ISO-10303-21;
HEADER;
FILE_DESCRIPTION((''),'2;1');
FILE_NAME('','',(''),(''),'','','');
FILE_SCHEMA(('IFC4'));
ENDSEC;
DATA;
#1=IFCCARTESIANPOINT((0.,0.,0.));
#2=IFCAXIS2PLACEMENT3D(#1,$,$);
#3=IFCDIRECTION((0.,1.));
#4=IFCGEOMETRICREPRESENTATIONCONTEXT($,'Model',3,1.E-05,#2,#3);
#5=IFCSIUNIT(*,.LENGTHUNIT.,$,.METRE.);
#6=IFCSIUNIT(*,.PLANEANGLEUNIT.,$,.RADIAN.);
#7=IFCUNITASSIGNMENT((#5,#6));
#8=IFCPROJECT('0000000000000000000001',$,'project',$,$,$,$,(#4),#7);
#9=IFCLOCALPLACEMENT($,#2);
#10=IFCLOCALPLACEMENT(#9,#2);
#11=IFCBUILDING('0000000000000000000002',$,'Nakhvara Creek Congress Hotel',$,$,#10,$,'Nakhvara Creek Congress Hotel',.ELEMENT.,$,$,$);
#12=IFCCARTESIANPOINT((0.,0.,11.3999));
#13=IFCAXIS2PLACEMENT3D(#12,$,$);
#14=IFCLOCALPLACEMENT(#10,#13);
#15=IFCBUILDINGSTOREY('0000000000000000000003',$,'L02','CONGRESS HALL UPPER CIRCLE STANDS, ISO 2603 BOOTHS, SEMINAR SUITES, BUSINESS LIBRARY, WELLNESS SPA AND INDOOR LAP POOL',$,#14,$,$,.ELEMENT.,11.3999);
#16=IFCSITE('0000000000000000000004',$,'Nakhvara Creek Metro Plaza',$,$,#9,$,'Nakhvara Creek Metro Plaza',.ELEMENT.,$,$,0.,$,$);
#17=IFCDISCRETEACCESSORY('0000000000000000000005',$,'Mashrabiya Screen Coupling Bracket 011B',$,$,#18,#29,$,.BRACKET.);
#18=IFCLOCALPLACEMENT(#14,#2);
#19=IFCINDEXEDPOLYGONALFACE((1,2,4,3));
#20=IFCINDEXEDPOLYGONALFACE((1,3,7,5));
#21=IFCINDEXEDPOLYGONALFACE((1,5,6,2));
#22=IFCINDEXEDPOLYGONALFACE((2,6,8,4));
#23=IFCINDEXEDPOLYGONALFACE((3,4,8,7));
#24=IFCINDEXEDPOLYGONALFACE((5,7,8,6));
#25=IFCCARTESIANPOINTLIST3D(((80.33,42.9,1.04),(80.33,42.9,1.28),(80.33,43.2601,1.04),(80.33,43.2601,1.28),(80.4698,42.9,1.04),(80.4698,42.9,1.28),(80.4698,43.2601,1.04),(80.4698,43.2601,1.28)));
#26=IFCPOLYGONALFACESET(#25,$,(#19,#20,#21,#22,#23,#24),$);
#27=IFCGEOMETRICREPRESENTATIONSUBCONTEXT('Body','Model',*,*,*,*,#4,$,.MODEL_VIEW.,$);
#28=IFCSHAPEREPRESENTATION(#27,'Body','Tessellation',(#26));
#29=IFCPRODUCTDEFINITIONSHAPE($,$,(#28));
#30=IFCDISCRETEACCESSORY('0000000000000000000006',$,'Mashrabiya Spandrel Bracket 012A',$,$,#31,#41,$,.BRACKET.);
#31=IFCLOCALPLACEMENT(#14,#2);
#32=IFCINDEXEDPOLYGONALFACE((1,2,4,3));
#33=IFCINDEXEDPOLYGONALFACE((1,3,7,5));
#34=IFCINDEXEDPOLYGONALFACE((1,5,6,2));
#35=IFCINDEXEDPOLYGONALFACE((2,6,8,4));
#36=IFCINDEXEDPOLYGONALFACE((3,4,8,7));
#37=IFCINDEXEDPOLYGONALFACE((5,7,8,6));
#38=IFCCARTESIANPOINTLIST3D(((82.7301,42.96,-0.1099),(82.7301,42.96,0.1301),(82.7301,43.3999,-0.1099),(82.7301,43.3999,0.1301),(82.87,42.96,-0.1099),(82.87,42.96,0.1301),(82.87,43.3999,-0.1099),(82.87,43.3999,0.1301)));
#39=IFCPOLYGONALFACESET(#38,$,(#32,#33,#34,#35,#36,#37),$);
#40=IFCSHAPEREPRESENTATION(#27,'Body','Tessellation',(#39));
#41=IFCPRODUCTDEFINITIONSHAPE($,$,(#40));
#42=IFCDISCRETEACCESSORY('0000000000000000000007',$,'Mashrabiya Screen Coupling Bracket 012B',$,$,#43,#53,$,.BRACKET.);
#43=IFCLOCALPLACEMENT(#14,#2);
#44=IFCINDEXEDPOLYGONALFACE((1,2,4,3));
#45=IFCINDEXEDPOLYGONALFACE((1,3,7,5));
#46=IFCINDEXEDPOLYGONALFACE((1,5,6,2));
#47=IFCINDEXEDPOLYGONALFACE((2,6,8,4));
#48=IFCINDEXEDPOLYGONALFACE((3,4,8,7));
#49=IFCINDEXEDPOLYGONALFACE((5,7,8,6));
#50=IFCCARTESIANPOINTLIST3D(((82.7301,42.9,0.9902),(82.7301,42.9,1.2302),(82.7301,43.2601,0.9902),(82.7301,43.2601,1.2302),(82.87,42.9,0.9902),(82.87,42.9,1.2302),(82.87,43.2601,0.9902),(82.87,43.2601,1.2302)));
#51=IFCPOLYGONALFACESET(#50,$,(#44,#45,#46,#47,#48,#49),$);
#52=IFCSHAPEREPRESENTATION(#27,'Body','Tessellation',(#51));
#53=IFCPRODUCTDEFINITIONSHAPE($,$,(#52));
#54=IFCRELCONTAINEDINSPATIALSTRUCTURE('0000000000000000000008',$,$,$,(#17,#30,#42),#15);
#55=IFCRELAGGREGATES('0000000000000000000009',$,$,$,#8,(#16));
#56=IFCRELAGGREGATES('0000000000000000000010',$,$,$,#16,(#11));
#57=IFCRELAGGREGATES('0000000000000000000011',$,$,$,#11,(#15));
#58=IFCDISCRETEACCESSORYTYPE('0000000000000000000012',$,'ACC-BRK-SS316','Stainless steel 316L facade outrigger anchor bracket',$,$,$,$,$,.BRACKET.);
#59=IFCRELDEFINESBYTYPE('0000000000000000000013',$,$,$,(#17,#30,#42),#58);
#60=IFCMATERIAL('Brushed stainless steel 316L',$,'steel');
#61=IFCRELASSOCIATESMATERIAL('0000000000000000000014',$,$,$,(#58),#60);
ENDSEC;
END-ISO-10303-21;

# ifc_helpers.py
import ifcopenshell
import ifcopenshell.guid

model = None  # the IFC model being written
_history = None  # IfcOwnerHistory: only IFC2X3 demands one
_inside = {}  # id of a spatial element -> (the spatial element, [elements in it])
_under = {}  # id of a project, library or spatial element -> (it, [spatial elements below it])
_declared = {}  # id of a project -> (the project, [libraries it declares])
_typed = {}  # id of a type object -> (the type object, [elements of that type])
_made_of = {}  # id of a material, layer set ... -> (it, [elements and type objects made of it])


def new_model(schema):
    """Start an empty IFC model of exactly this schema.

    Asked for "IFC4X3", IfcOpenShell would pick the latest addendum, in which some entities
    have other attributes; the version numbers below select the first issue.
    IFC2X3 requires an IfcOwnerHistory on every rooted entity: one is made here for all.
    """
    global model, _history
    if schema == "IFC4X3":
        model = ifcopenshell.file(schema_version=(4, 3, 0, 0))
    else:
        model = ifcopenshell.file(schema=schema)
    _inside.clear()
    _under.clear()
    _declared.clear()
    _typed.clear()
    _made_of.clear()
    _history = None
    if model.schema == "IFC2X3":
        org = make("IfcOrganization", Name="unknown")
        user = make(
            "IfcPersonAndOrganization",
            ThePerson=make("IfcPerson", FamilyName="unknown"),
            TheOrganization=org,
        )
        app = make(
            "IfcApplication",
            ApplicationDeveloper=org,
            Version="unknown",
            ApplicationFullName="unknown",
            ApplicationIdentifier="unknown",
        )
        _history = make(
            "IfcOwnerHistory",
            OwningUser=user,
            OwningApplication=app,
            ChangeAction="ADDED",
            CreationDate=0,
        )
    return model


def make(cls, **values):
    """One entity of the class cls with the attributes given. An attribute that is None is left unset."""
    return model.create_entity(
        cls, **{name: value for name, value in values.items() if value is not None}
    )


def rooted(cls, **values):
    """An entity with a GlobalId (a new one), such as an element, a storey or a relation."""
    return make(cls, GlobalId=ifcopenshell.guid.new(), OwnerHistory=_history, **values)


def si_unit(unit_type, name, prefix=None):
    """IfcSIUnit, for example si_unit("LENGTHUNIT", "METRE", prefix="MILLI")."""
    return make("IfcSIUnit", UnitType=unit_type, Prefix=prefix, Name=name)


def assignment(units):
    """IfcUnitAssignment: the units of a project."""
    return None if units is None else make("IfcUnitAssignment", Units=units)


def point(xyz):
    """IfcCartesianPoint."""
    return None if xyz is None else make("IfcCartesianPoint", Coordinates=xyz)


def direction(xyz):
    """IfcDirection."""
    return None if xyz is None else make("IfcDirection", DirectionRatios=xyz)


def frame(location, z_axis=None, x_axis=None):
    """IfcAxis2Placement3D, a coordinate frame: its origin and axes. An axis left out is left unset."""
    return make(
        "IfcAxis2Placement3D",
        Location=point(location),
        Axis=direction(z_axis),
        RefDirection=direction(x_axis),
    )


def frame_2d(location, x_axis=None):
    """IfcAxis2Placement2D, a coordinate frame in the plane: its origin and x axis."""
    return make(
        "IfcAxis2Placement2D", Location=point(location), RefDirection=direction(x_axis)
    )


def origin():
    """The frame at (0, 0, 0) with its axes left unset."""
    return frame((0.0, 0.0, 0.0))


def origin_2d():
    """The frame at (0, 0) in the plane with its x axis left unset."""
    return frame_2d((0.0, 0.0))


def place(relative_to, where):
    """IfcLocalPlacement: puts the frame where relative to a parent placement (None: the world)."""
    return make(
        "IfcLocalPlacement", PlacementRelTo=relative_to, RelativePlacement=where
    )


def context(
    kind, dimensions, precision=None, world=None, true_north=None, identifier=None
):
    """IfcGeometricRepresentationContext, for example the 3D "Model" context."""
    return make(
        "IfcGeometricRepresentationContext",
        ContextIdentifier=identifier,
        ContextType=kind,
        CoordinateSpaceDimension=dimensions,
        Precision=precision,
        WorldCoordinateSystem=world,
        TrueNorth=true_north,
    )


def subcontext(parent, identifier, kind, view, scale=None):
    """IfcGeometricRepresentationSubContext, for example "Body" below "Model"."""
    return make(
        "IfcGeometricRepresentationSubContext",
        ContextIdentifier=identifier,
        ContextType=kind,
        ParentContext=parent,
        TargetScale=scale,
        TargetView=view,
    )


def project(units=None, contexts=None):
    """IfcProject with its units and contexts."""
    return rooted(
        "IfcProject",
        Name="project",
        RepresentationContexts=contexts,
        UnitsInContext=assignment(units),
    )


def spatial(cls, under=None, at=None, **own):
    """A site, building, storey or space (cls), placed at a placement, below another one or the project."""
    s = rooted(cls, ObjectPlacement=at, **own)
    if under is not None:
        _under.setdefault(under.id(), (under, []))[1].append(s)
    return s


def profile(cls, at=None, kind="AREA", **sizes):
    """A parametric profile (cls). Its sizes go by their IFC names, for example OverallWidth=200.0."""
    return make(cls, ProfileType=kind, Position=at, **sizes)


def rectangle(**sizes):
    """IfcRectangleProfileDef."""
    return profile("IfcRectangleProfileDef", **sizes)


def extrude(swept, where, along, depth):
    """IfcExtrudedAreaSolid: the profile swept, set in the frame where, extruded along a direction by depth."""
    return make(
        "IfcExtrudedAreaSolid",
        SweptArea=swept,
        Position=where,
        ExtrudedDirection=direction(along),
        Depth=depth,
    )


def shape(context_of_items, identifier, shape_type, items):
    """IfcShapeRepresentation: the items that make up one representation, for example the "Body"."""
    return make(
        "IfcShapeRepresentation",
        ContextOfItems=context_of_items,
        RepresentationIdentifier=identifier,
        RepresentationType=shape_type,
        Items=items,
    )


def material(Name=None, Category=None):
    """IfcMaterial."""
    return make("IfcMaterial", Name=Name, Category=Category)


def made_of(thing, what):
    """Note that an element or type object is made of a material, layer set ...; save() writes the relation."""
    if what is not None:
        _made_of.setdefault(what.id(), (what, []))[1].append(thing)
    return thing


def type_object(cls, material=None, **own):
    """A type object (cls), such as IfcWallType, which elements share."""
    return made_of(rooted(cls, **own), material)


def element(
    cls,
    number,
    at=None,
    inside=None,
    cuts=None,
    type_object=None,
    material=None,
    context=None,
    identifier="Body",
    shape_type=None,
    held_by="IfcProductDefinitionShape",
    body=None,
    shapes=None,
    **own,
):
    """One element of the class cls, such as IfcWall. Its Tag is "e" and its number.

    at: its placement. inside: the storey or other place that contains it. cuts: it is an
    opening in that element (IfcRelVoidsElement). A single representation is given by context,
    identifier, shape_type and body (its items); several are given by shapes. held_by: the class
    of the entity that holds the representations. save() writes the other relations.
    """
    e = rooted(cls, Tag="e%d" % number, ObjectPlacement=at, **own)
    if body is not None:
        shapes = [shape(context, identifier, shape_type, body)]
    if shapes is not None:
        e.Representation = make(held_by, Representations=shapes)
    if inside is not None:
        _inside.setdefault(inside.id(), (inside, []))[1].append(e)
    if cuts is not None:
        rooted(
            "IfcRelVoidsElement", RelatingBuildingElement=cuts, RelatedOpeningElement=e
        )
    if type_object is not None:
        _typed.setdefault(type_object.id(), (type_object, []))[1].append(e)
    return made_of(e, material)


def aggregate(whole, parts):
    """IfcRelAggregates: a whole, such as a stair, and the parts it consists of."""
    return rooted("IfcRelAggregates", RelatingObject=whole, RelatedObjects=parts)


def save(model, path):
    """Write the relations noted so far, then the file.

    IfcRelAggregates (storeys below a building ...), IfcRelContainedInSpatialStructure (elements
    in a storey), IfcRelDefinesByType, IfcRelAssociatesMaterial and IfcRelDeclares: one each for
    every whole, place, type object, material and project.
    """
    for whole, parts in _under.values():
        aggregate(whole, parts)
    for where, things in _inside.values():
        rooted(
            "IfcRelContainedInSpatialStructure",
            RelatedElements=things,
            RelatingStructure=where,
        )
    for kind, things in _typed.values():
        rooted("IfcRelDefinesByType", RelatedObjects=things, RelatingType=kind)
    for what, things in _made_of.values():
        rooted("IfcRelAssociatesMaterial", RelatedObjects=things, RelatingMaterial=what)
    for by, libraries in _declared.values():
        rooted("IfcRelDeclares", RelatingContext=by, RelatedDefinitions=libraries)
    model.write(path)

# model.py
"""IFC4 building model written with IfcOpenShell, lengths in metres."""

from ifc_helpers import new_model, si_unit, direction, frame, origin, origin_2d, place, context, subcontext, project, spatial, rectangle, extrude, material, type_object, element, save


model = new_model("IFC4")

# Units and contexts
model_context = context("Model", 3, precision=1e-05, world=origin(), true_north=direction((0.0, 1.0)))
body_context = subcontext(model_context, "Body", "Model", "MODEL_VIEW")
ifc_project = project(units=[si_unit("LENGTHUNIT", "METRE"), si_unit("PLANEANGLEUNIT", "RADIAN")], contexts=[model_context])

# Site, building, storey
site_placement = place(None, origin())
site = spatial("IfcSite", under=ifc_project, at=site_placement, Name="Nakhvara Creek Metro Plaza", LongName="Nakhvara Creek Metro Plaza", CompositionType="ELEMENT", RefElevation=0.0)
building_placement = place(site_placement, origin())
building = spatial("IfcBuilding", under=site, at=building_placement, Name="Nakhvara Creek Congress Hotel", LongName="Nakhvara Creek Congress Hotel", CompositionType="ELEMENT")
storey_placement = place(building_placement, frame((0.0, 0.0, 11.3999)))
storey = spatial("IfcBuildingStorey", under=building, at=storey_placement, Name="L02", Description="CONGRESS HALL UPPER CIRCLE STANDS, ISO 2603 BOOTHS, SEMINAR SUITES, BUSINESS LIBRARY, WELLNESS SPA AND INDOOR LAP POOL", CompositionType="ELEMENT", Elevation=11.3999)

# Shared definitions
ifc_material_1 = material(Name="Brushed stainless steel 316L", Category="steel")

# Discrete accessories
discrete_accessory_type = type_object("IfcDiscreteAccessoryType", Name="ACC-BRK-SS316", Description="Stainless steel 316L facade outrigger anchor bracket", PredefinedType="BRACKET", material=ifc_material_1)
discrete_accessory_1_placement = place(storey_placement, frame((80.3999, 43.0801, 1.04), z_axis=(0.0, 0.0, 1.0), x_axis=(1.0, 0.0, 0.0)))
element("IfcDiscreteAccessory", 1, at=discrete_accessory_1_placement, inside=storey, type_object=discrete_accessory_type, Name="Mashrabiya Screen Coupling Bracket 011B", PredefinedType="BRACKET", context=body_context, shape_type="SweptSolid", body=[
    extrude(rectangle(XDim=0.1399, YDim=0.3601, at=origin_2d()), origin(), (0.0, 0.0, 1.0), 0.24),
])
discrete_accessory_2_placement = place(storey_placement, frame((82.8, 43.1799, -0.1099), z_axis=(0.0, 0.0, 1.0), x_axis=(1.0, 0.0, 0.0)))
element("IfcDiscreteAccessory", 2, at=discrete_accessory_2_placement, inside=storey, type_object=discrete_accessory_type, Name="Mashrabiya Spandrel Bracket 012A", PredefinedType="BRACKET", context=body_context, shape_type="SweptSolid", body=[
    extrude(rectangle(XDim=0.1399, YDim=0.4399, at=origin_2d()), origin(), (0.0, 0.0, 1.0), 0.24),
])
discrete_accessory_3_placement = place(storey_placement, frame((82.8, 43.0801, 0.9902), z_axis=(0.0, 0.0, 1.0), x_axis=(1.0, 0.0, 0.0)))
element("IfcDiscreteAccessory", 3, at=discrete_accessory_3_placement, inside=storey, type_object=discrete_accessory_type, Name="Mashrabiya Screen Coupling Bracket 012B", PredefinedType="BRACKET", context=body_context, shape_type="SweptSolid", body=[
    extrude(rectangle(XDim=0.1399, YDim=0.3601, at=origin_2d()), origin(), (0.0, 0.0, 1.0), 0.24),
])

save(model, "model.ifc")
